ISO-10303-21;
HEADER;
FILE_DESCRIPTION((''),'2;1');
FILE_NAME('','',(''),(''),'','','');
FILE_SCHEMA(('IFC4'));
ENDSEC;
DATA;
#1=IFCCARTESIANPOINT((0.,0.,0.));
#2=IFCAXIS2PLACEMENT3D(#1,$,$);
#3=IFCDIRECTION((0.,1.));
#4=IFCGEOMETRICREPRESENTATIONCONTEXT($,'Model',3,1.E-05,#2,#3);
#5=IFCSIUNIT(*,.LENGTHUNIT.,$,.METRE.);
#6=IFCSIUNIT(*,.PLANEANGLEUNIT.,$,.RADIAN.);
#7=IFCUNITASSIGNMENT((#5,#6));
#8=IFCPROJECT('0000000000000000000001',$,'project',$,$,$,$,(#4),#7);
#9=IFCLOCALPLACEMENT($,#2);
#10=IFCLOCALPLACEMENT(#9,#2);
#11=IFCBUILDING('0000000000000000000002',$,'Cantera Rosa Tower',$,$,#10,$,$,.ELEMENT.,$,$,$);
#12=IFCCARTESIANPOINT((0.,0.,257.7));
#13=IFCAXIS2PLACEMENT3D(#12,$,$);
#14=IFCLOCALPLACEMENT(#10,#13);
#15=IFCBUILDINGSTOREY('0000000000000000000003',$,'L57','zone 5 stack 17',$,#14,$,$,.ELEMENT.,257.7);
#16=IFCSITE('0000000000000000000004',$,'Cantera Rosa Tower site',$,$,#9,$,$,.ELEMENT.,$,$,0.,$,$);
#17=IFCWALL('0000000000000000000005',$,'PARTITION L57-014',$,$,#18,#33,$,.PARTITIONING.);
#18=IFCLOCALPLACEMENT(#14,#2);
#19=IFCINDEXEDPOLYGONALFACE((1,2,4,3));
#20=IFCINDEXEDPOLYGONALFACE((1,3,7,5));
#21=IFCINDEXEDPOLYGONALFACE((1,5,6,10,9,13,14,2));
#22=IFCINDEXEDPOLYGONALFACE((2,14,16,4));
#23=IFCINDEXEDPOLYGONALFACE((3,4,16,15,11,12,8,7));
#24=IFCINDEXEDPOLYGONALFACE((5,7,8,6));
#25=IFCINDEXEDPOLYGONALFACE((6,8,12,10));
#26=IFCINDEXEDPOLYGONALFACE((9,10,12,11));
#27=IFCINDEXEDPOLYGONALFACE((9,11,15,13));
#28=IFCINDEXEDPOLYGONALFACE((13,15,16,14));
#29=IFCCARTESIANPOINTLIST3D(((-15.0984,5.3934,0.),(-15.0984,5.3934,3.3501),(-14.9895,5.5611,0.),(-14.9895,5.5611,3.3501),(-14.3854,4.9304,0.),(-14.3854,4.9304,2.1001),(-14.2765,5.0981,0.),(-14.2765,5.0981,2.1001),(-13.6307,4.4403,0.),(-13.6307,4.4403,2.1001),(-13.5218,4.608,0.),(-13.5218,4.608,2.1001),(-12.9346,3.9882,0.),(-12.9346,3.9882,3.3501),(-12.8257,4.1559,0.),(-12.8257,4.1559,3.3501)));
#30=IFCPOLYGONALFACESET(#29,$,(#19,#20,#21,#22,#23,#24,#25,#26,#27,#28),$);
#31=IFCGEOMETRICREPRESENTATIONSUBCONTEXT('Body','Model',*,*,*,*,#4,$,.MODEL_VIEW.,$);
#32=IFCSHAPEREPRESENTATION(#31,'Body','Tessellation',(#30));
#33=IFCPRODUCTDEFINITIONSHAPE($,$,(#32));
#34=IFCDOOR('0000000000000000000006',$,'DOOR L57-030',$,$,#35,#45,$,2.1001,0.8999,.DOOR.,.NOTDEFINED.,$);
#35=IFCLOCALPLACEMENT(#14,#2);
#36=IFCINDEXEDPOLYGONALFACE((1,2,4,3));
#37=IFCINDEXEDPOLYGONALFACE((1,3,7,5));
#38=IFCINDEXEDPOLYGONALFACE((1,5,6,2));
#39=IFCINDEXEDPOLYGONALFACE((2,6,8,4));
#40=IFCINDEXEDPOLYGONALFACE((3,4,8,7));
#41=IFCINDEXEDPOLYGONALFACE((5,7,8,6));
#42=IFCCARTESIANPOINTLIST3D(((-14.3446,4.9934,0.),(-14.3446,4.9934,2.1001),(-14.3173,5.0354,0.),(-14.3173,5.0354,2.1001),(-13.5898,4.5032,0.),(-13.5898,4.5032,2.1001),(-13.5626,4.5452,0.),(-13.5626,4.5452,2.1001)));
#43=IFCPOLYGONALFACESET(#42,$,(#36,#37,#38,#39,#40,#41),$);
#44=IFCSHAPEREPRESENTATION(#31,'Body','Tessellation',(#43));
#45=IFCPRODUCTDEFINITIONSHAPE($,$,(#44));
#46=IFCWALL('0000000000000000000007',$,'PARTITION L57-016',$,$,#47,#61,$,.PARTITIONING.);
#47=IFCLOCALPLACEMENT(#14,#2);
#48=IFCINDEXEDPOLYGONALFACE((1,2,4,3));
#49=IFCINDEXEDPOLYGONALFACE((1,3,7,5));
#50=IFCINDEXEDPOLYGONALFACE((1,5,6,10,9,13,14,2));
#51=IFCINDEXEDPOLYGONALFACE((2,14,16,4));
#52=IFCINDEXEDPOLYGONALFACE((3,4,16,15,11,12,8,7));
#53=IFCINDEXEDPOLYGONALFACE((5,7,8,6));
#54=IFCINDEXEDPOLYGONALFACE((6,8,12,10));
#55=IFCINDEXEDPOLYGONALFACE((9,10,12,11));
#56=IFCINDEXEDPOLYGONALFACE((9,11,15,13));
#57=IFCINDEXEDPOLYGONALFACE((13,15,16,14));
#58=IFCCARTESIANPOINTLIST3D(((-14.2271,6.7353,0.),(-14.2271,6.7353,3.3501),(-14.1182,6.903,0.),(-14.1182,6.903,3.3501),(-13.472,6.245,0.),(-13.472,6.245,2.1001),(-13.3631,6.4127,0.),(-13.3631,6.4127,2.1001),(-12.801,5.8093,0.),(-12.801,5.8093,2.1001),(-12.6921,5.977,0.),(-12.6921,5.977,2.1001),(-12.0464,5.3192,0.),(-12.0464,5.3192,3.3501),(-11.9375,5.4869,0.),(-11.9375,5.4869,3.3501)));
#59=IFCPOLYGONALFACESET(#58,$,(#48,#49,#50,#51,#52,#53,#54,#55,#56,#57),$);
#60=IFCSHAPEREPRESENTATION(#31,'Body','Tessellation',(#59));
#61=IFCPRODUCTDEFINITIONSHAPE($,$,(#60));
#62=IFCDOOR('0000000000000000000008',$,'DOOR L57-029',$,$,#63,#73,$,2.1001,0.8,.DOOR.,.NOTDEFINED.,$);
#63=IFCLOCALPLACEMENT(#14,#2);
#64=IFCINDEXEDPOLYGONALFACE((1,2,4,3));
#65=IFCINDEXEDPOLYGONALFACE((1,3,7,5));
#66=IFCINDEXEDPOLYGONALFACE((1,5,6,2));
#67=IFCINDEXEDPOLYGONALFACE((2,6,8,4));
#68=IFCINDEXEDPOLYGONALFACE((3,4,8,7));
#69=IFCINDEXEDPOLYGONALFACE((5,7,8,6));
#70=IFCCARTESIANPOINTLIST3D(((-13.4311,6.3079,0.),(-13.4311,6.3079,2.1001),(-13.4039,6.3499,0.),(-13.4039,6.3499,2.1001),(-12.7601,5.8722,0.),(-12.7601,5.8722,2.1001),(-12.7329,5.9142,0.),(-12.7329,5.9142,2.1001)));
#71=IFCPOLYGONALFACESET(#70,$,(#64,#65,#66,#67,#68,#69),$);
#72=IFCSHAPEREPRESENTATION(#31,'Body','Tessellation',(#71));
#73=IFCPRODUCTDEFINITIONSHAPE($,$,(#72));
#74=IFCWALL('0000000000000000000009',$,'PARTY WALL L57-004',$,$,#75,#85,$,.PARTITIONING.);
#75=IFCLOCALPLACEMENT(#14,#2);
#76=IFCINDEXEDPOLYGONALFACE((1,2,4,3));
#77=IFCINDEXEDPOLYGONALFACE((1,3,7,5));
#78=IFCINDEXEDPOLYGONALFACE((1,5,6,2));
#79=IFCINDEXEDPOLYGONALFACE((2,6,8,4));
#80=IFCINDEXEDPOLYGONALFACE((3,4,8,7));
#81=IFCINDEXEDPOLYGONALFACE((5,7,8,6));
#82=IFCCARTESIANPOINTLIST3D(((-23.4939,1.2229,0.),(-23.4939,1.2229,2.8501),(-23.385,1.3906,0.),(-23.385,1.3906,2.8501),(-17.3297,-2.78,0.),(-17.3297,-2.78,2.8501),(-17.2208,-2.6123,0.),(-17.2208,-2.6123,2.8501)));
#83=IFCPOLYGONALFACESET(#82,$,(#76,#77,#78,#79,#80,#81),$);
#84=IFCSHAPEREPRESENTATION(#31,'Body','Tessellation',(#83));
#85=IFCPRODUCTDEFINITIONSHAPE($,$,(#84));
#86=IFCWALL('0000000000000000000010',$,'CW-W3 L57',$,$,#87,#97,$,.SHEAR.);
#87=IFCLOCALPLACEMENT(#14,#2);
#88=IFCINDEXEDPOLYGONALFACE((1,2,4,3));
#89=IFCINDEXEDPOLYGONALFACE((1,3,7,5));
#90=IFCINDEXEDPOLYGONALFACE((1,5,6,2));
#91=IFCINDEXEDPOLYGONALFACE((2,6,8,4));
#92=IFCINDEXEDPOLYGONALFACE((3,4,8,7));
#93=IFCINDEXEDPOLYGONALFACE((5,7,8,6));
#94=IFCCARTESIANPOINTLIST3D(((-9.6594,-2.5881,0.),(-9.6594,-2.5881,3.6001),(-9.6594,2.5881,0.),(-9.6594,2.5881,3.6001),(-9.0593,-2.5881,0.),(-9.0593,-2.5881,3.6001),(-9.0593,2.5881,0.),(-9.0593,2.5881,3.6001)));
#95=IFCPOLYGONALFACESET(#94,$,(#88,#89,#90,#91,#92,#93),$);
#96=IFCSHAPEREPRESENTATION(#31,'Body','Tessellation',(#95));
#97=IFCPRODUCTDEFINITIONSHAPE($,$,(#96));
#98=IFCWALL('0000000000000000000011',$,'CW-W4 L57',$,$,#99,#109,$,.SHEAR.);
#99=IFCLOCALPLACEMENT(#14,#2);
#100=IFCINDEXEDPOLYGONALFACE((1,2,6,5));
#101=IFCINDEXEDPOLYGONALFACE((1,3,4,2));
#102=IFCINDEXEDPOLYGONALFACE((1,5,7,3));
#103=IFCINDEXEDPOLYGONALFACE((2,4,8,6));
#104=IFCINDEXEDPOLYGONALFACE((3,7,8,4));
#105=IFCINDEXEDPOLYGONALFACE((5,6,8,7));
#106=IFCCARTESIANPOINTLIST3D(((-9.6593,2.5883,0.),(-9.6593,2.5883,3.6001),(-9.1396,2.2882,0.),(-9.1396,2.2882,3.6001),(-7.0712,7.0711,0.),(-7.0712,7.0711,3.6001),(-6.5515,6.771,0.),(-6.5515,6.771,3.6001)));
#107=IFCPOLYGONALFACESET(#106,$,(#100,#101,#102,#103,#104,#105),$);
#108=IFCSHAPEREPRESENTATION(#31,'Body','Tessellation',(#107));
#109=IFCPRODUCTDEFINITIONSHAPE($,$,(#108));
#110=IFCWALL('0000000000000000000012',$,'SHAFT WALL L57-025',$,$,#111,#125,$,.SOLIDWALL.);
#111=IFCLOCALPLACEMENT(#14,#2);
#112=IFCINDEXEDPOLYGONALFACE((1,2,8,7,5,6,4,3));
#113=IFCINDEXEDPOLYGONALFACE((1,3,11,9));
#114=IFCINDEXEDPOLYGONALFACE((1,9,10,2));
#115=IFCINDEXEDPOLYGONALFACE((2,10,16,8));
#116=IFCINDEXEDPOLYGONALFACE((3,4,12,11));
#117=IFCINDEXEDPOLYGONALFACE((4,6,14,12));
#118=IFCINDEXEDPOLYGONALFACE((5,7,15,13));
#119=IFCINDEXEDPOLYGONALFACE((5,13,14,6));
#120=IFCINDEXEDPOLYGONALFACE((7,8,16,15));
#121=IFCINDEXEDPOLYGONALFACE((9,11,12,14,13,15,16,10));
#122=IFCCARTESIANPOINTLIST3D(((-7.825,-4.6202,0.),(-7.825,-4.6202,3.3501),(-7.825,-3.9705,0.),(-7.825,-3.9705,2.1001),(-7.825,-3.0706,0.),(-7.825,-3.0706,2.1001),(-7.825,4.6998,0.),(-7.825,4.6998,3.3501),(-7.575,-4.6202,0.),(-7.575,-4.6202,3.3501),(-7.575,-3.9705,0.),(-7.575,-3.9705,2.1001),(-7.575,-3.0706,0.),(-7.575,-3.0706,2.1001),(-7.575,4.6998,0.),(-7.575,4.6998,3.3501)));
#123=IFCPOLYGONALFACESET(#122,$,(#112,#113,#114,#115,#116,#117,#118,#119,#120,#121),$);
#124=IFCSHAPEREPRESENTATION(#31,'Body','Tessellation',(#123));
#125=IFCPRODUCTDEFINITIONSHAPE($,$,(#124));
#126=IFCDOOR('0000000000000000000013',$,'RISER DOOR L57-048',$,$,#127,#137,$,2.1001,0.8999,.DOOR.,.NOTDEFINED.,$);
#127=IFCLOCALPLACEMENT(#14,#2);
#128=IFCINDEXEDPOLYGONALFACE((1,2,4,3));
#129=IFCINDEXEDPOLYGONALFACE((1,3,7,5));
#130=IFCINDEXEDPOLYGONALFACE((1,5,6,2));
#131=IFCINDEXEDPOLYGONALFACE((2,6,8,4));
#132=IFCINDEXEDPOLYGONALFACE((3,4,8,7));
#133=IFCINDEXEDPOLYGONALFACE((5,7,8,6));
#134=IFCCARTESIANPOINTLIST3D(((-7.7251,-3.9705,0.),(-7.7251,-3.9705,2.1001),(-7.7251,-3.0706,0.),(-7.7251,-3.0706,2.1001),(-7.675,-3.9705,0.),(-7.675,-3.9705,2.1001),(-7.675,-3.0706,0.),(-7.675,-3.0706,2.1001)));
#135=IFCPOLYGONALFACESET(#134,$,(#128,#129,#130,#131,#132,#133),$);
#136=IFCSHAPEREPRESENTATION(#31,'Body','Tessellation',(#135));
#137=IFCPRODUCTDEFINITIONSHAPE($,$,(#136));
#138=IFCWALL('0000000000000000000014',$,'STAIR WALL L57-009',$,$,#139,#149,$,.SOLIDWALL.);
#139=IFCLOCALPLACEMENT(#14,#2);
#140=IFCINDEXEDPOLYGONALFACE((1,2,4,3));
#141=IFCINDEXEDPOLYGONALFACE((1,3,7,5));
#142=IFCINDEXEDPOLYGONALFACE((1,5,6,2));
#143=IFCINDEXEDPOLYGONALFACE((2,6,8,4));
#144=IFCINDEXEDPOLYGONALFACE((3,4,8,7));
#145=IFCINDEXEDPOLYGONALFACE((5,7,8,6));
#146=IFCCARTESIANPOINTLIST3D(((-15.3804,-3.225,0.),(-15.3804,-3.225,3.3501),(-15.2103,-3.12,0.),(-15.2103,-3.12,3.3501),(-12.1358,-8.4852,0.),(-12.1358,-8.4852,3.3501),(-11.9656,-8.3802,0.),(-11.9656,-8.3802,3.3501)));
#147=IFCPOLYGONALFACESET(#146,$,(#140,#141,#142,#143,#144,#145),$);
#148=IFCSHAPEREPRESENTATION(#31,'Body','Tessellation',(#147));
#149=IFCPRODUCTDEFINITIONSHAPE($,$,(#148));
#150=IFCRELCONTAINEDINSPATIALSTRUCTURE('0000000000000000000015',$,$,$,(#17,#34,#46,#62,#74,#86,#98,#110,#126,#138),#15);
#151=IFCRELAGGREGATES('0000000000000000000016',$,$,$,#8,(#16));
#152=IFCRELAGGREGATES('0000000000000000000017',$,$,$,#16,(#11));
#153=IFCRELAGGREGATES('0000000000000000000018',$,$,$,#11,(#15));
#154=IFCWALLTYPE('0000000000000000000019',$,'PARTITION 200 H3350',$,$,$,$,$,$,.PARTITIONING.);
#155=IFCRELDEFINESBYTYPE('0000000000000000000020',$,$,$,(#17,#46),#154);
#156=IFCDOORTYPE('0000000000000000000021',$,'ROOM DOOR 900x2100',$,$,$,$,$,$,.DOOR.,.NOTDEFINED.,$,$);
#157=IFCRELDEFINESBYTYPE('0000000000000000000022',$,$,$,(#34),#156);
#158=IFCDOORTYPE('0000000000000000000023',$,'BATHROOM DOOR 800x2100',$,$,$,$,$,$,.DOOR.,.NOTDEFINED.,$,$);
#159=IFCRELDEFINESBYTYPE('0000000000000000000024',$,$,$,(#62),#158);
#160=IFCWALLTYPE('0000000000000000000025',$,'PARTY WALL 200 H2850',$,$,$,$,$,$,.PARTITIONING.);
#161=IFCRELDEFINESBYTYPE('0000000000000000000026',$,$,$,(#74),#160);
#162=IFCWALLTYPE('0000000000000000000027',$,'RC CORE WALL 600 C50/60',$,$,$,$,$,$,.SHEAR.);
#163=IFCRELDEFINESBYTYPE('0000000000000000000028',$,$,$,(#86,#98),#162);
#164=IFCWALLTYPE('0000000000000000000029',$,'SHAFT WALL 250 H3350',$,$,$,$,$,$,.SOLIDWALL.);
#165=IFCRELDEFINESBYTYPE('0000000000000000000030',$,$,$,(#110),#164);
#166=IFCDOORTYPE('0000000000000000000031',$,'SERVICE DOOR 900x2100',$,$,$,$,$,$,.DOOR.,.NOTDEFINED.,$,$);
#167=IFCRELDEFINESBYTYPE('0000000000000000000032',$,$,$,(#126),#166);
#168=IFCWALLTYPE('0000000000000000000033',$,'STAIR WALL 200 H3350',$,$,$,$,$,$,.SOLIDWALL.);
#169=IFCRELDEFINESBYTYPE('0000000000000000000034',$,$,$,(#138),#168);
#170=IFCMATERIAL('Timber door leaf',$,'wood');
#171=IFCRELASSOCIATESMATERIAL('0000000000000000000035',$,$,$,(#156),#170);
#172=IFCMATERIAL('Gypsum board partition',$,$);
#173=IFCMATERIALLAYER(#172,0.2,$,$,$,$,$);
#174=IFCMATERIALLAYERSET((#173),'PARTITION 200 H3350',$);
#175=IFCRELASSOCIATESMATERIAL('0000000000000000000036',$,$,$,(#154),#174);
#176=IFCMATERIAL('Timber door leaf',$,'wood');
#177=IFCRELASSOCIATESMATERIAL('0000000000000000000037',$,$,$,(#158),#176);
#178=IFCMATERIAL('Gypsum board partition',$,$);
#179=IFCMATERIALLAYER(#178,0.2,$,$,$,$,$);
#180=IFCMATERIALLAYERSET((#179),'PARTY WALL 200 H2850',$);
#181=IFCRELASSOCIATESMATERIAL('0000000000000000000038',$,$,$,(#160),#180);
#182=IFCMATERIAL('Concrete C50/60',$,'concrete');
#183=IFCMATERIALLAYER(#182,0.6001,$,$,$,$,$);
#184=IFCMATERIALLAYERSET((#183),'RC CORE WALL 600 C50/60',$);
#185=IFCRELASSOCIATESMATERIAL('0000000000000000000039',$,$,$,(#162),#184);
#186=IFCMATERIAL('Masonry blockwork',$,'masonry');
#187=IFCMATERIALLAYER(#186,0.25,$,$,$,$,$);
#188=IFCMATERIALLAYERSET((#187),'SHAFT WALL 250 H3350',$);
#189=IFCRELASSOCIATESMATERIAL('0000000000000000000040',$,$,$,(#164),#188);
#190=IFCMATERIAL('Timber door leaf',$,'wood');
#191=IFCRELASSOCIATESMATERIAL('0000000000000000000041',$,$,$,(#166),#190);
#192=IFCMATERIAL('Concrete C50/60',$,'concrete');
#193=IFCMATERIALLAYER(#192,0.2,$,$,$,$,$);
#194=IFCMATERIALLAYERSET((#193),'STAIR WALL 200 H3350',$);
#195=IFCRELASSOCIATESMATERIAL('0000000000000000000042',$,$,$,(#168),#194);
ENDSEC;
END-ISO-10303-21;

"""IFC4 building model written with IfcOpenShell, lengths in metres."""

from ifc_helpers import new_model, si_unit, direction, frame, frame_2d, origin, place, context, subcontext, project, spatial, rectangle, extrude, material, layer, layer_set, type_object, element, fill, save


model = new_model("IFC4")

# Units and contexts
model_context = context("Model", 3, precision=1e-05, world=origin(), true_north=direction((0.0, 1.0)))
body_context = subcontext(model_context, "Body", "Model", "MODEL_VIEW")
ifc_project = project(units=[si_unit("LENGTHUNIT", "METRE"), si_unit("PLANEANGLEUNIT", "RADIAN")], contexts=[model_context])

# Site, building, storey
site_placement = place(None, origin())
site = spatial("IfcSite", under=ifc_project, at=site_placement, Name="Cantera Rosa Tower site", CompositionType="ELEMENT", RefElevation=0.0)
building_placement = place(site_placement, origin())
building = spatial("IfcBuilding", under=site, at=building_placement, Name="Cantera Rosa Tower", CompositionType="ELEMENT")
storey_placement = place(building_placement, frame((0.0, 0.0, 257.7)))
storey = spatial("IfcBuildingStorey", under=building, at=storey_placement, Name="L57", Description="zone 5 stack 17", CompositionType="ELEMENT", Elevation=257.7)

# Walls, openings, doors
ifc_material_1 = material(Name="Timber door leaf", Category="wood")
door_type_1 = type_object("IfcDoorType", Name="ROOM DOOR 900x2100", OperationType="NOTDEFINED", PredefinedType="DOOR", material=ifc_material_1)
ifc_material_2 = material(Name="Gypsum board partition")
ifc_layer_1 = layer(ifc_material_2, 0.2)
ifc_layer_set_1 = layer_set([ifc_layer_1], Name="PARTITION 200 H3350")
wall_type_1 = type_object("IfcWallType", Name="PARTITION 200 H3350", PredefinedType="PARTITIONING", material=ifc_layer_set_1)
wall_1_placement = place(storey_placement, frame((-12.8801, 4.072, 0.0), z_axis=(0.0, 0.0, 1.0), x_axis=(-0.838658, 0.544659, 0.0)))
wall_1 = element("IfcWall", 1, at=wall_1_placement, inside=storey, type_object=wall_type_1, Name="PARTITION L57-014", PredefinedType="PARTITIONING", context=body_context, shape_type="SweptSolid", body=[
    extrude(rectangle(XDim=2.5801, YDim=0.2, at=frame_2d((1.29, 0.0))), origin(), (0.0, 0.0, 1.0), 3.3501),
])
opening_1_placement = place(wall_1_placement, frame((0.8301, 0.0, 0.0)))
opening_1 = element("IfcOpeningElement", 2, at=opening_1_placement, cuts=wall_1, PredefinedType="OPENING", context=body_context, shape_type="SweptSolid", body=[
    extrude(rectangle(XDim=0.8999, YDim=2.1001, at=frame_2d((0.45, 1.05))), frame((0.0, 0.1099, 0.0), z_axis=(0.0, -1.0, 0.0), x_axis=(1.0, 0.0, 0.0)), (0.0, 0.0, 1.0), 0.22),
])
door_1_placement = place(opening_1_placement, origin())
door_1 = element("IfcDoor", 3, at=door_1_placement, inside=storey, type_object=door_type_1, Name="DOOR L57-030", OperationType="NOTDEFINED", OverallHeight=2.1001, OverallWidth=0.8999, PredefinedType="DOOR", context=body_context, shape_type="SweptSolid", body=[
    extrude(rectangle(XDim=0.8999, YDim=2.1001, at=frame_2d((0.45, 1.05))), frame((0.0, 0.0249, 0.0), z_axis=(0.0, -1.0, 0.0), x_axis=(1.0, 0.0, 0.0)), (0.0, 0.0, 1.0), 0.05),
])
fill(opening_1, door_1)
wall_2_placement = place(storey_placement, frame((-11.9919, 5.4031, 0.0), z_axis=(0.0, 0.0, 1.0), x_axis=(-0.838692, 0.544605, 0.0)))
wall_2 = element("IfcWall", 4, at=wall_2_placement, inside=storey, type_object=wall_type_1, Name="PARTITION L57-016", PredefinedType="PARTITIONING", context=body_context, shape_type="SweptSolid", body=[
    extrude(rectangle(XDim=2.6001, YDim=0.2, at=frame_2d((1.3, 0.0))), origin(), (0.0, 0.0, 1.0), 3.3501),
])
opening_2_placement = place(wall_2_placement, frame((0.8999, 0.0, 0.0)))
opening_2 = element("IfcOpeningElement", 5, at=opening_2_placement, cuts=wall_2, PredefinedType="OPENING", context=body_context, shape_type="SweptSolid", body=[
    extrude(rectangle(XDim=0.8, YDim=2.1001, at=frame_2d((0.3999, 1.05))), frame((0.0, 0.1099, 0.0), z_axis=(0.0, -1.0, 0.0), x_axis=(1.0, 0.0, 0.0)), (0.0, 0.0, 1.0), 0.22),
])
ifc_material_3 = material(Name="Timber door leaf", Category="wood")
door_type_2 = type_object("IfcDoorType", Name="BATHROOM DOOR 800x2100", OperationType="NOTDEFINED", PredefinedType="DOOR", material=ifc_material_3)
door_2_placement = place(opening_2_placement, origin())
door_2 = element("IfcDoor", 6, at=door_2_placement, inside=storey, type_object=door_type_2, Name="DOOR L57-029", OperationType="NOTDEFINED", OverallHeight=2.1001, OverallWidth=0.8, PredefinedType="DOOR", context=body_context, shape_type="SweptSolid", body=[
    extrude(rectangle(XDim=0.8, YDim=2.1001, at=frame_2d((0.3999, 1.05))), frame((0.0, 0.0249, 0.0), z_axis=(0.0, -1.0, 0.0), x_axis=(1.0, 0.0, 0.0)), (0.0, 0.0, 1.0), 0.05),
])
fill(opening_2, door_2)

# Walls
ifc_material_4 = material(Name="Gypsum board partition")
ifc_layer_2 = layer(ifc_material_4, 0.2)
ifc_layer_set_2 = layer_set([ifc_layer_2], Name="PARTY WALL 200 H2850")
wall_type_2 = type_object("IfcWallType", Name="PARTY WALL 200 H2850", PredefinedType="PARTITIONING", material=ifc_layer_set_2)
wall_3_placement = place(storey_placement, frame((-17.2754, -2.696, 0.0), z_axis=(0.0, 0.0, 1.0), x_axis=(-0.838684, 0.544618, 0.0)))
element("IfcWall", 7, at=wall_3_placement, inside=storey, type_object=wall_type_2, Name="PARTY WALL L57-004", PredefinedType="PARTITIONING", context=body_context, shape_type="SweptSolid", body=[
    extrude(rectangle(XDim=7.3499, YDim=0.2, at=frame_2d((3.6748, 0.0))), origin(), (0.0, 0.0, 1.0), 2.8501),
])
ifc_material_5 = material(Name="Concrete C50/60", Category="concrete")
ifc_layer_3 = layer(ifc_material_5, 0.6001)
ifc_layer_set_3 = layer_set([ifc_layer_3], Name="RC CORE WALL 600 C50/60")
wall_type_3 = type_object("IfcWallType", Name="RC CORE WALL 600 C50/60", PredefinedType="SHEAR", material=ifc_layer_set_3)
for number, where, z_axis, x_axis, name in (
    (8, (-9.3594, -2.5881, 0.0), (0.0, 0.0, 1.0), (0.0, 1.0, 0.0), "CW-W3 L57"),
    (9, (-9.3994, 2.4382, 0.0), (0.0, 0.0, 1.0), (0.499989, 0.866032, 0.0), "CW-W4 L57"),
):
    element("IfcWall", number, at=place(storey_placement, frame(where, z_axis=z_axis, x_axis=x_axis)), inside=storey, type_object=wall_type_3, Name=name, PredefinedType="SHEAR", context=body_context, shape_type="SweptSolid", body=[
        extrude(rectangle(XDim=5.1763, YDim=0.6001, at=frame_2d((2.5881, 0.0))), origin(), (0.0, 0.0, 1.0), 3.6001),
    ])

# Wall, opening, door
ifc_material_6 = material(Name="Masonry blockwork", Category="masonry")
ifc_layer_4 = layer(ifc_material_6, 0.25)
ifc_layer_set_4 = layer_set([ifc_layer_4], Name="SHAFT WALL 250 H3350")
wall_type_4 = type_object("IfcWallType", Name="SHAFT WALL 250 H3350", PredefinedType="SOLIDWALL", material=ifc_layer_set_4)
wall_4_placement = place(storey_placement, frame((-7.7, 4.7, 0.0), z_axis=(0.0, 0.0, 1.0), x_axis=(0.0, -1.0, 0.0)))
wall_4 = element("IfcWall", 10, at=wall_4_placement, inside=storey, type_object=wall_type_4, Name="SHAFT WALL L57-025", PredefinedType="SOLIDWALL", context=body_context, shape_type="SweptSolid", body=[
    extrude(rectangle(XDim=9.3201, YDim=0.25, at=frame_2d((4.6602, 0.0))), origin(), (0.0, 0.0, 1.0), 3.3501),
])
opening_3_placement = place(wall_4_placement, frame((7.7705, 0.0, 0.0)))
opening_3 = element("IfcOpeningElement", 11, at=opening_3_placement, cuts=wall_4, PredefinedType="OPENING", context=body_context, shape_type="SweptSolid", body=[
    extrude(rectangle(XDim=0.8999, YDim=2.1001, at=frame_2d((0.45, 1.05))), frame((0.0, 0.135, 0.0), z_axis=(0.0, -1.0, 0.0), x_axis=(1.0, 0.0, 0.0)), (0.0, 0.0, 1.0), 0.27),
])
ifc_material_7 = material(Name="Timber door leaf", Category="wood")
door_type_3 = type_object("IfcDoorType", Name="SERVICE DOOR 900x2100", OperationType="NOTDEFINED", PredefinedType="DOOR", material=ifc_material_7)
door_3_placement = place(opening_3_placement, origin())
door_3 = element("IfcDoor", 12, at=door_3_placement, inside=storey, type_object=door_type_3, Name="RISER DOOR L57-048", OperationType="NOTDEFINED", OverallHeight=2.1001, OverallWidth=0.8999, PredefinedType="DOOR", context=body_context, shape_type="SweptSolid", body=[
    extrude(rectangle(XDim=0.8999, YDim=2.1001, at=frame_2d((0.45, 1.05))), frame((0.0, 0.0249, 0.0), z_axis=(0.0, -1.0, 0.0), x_axis=(1.0, 0.0, 0.0)), (0.0, 0.0, 1.0), 0.05),
])
fill(opening_3, door_3)

# Wall
ifc_material_8 = material(Name="Concrete C50/60", Category="concrete")
ifc_layer_5 = layer(ifc_material_8, 0.2)
ifc_layer_set_5 = layer_set([ifc_layer_5], Name="STAIR WALL 200 H3350")
wall_type_5 = type_object("IfcWallType", Name="STAIR WALL 200 H3350", PredefinedType="SOLIDWALL", material=ifc_layer_set_5)
wall_5_placement = place(storey_placement, frame((-15.2954, -3.1724, 0.0), z_axis=(0.0, 0.0, 1.0), x_axis=(0.524983, -0.851113, 0.0)))
element("IfcWall", 13, at=wall_5_placement, inside=storey, type_object=wall_type_5, Name="STAIR WALL L57-009", PredefinedType="SOLIDWALL", context=body_context, shape_type="SweptSolid", body=[
    extrude(rectangle(XDim=6.1804, YDim=0.2, at=frame_2d((3.0903, 0.0))), origin(), (0.0, 0.0, 1.0), 3.3501),
])

save(model, "model.ifc")
